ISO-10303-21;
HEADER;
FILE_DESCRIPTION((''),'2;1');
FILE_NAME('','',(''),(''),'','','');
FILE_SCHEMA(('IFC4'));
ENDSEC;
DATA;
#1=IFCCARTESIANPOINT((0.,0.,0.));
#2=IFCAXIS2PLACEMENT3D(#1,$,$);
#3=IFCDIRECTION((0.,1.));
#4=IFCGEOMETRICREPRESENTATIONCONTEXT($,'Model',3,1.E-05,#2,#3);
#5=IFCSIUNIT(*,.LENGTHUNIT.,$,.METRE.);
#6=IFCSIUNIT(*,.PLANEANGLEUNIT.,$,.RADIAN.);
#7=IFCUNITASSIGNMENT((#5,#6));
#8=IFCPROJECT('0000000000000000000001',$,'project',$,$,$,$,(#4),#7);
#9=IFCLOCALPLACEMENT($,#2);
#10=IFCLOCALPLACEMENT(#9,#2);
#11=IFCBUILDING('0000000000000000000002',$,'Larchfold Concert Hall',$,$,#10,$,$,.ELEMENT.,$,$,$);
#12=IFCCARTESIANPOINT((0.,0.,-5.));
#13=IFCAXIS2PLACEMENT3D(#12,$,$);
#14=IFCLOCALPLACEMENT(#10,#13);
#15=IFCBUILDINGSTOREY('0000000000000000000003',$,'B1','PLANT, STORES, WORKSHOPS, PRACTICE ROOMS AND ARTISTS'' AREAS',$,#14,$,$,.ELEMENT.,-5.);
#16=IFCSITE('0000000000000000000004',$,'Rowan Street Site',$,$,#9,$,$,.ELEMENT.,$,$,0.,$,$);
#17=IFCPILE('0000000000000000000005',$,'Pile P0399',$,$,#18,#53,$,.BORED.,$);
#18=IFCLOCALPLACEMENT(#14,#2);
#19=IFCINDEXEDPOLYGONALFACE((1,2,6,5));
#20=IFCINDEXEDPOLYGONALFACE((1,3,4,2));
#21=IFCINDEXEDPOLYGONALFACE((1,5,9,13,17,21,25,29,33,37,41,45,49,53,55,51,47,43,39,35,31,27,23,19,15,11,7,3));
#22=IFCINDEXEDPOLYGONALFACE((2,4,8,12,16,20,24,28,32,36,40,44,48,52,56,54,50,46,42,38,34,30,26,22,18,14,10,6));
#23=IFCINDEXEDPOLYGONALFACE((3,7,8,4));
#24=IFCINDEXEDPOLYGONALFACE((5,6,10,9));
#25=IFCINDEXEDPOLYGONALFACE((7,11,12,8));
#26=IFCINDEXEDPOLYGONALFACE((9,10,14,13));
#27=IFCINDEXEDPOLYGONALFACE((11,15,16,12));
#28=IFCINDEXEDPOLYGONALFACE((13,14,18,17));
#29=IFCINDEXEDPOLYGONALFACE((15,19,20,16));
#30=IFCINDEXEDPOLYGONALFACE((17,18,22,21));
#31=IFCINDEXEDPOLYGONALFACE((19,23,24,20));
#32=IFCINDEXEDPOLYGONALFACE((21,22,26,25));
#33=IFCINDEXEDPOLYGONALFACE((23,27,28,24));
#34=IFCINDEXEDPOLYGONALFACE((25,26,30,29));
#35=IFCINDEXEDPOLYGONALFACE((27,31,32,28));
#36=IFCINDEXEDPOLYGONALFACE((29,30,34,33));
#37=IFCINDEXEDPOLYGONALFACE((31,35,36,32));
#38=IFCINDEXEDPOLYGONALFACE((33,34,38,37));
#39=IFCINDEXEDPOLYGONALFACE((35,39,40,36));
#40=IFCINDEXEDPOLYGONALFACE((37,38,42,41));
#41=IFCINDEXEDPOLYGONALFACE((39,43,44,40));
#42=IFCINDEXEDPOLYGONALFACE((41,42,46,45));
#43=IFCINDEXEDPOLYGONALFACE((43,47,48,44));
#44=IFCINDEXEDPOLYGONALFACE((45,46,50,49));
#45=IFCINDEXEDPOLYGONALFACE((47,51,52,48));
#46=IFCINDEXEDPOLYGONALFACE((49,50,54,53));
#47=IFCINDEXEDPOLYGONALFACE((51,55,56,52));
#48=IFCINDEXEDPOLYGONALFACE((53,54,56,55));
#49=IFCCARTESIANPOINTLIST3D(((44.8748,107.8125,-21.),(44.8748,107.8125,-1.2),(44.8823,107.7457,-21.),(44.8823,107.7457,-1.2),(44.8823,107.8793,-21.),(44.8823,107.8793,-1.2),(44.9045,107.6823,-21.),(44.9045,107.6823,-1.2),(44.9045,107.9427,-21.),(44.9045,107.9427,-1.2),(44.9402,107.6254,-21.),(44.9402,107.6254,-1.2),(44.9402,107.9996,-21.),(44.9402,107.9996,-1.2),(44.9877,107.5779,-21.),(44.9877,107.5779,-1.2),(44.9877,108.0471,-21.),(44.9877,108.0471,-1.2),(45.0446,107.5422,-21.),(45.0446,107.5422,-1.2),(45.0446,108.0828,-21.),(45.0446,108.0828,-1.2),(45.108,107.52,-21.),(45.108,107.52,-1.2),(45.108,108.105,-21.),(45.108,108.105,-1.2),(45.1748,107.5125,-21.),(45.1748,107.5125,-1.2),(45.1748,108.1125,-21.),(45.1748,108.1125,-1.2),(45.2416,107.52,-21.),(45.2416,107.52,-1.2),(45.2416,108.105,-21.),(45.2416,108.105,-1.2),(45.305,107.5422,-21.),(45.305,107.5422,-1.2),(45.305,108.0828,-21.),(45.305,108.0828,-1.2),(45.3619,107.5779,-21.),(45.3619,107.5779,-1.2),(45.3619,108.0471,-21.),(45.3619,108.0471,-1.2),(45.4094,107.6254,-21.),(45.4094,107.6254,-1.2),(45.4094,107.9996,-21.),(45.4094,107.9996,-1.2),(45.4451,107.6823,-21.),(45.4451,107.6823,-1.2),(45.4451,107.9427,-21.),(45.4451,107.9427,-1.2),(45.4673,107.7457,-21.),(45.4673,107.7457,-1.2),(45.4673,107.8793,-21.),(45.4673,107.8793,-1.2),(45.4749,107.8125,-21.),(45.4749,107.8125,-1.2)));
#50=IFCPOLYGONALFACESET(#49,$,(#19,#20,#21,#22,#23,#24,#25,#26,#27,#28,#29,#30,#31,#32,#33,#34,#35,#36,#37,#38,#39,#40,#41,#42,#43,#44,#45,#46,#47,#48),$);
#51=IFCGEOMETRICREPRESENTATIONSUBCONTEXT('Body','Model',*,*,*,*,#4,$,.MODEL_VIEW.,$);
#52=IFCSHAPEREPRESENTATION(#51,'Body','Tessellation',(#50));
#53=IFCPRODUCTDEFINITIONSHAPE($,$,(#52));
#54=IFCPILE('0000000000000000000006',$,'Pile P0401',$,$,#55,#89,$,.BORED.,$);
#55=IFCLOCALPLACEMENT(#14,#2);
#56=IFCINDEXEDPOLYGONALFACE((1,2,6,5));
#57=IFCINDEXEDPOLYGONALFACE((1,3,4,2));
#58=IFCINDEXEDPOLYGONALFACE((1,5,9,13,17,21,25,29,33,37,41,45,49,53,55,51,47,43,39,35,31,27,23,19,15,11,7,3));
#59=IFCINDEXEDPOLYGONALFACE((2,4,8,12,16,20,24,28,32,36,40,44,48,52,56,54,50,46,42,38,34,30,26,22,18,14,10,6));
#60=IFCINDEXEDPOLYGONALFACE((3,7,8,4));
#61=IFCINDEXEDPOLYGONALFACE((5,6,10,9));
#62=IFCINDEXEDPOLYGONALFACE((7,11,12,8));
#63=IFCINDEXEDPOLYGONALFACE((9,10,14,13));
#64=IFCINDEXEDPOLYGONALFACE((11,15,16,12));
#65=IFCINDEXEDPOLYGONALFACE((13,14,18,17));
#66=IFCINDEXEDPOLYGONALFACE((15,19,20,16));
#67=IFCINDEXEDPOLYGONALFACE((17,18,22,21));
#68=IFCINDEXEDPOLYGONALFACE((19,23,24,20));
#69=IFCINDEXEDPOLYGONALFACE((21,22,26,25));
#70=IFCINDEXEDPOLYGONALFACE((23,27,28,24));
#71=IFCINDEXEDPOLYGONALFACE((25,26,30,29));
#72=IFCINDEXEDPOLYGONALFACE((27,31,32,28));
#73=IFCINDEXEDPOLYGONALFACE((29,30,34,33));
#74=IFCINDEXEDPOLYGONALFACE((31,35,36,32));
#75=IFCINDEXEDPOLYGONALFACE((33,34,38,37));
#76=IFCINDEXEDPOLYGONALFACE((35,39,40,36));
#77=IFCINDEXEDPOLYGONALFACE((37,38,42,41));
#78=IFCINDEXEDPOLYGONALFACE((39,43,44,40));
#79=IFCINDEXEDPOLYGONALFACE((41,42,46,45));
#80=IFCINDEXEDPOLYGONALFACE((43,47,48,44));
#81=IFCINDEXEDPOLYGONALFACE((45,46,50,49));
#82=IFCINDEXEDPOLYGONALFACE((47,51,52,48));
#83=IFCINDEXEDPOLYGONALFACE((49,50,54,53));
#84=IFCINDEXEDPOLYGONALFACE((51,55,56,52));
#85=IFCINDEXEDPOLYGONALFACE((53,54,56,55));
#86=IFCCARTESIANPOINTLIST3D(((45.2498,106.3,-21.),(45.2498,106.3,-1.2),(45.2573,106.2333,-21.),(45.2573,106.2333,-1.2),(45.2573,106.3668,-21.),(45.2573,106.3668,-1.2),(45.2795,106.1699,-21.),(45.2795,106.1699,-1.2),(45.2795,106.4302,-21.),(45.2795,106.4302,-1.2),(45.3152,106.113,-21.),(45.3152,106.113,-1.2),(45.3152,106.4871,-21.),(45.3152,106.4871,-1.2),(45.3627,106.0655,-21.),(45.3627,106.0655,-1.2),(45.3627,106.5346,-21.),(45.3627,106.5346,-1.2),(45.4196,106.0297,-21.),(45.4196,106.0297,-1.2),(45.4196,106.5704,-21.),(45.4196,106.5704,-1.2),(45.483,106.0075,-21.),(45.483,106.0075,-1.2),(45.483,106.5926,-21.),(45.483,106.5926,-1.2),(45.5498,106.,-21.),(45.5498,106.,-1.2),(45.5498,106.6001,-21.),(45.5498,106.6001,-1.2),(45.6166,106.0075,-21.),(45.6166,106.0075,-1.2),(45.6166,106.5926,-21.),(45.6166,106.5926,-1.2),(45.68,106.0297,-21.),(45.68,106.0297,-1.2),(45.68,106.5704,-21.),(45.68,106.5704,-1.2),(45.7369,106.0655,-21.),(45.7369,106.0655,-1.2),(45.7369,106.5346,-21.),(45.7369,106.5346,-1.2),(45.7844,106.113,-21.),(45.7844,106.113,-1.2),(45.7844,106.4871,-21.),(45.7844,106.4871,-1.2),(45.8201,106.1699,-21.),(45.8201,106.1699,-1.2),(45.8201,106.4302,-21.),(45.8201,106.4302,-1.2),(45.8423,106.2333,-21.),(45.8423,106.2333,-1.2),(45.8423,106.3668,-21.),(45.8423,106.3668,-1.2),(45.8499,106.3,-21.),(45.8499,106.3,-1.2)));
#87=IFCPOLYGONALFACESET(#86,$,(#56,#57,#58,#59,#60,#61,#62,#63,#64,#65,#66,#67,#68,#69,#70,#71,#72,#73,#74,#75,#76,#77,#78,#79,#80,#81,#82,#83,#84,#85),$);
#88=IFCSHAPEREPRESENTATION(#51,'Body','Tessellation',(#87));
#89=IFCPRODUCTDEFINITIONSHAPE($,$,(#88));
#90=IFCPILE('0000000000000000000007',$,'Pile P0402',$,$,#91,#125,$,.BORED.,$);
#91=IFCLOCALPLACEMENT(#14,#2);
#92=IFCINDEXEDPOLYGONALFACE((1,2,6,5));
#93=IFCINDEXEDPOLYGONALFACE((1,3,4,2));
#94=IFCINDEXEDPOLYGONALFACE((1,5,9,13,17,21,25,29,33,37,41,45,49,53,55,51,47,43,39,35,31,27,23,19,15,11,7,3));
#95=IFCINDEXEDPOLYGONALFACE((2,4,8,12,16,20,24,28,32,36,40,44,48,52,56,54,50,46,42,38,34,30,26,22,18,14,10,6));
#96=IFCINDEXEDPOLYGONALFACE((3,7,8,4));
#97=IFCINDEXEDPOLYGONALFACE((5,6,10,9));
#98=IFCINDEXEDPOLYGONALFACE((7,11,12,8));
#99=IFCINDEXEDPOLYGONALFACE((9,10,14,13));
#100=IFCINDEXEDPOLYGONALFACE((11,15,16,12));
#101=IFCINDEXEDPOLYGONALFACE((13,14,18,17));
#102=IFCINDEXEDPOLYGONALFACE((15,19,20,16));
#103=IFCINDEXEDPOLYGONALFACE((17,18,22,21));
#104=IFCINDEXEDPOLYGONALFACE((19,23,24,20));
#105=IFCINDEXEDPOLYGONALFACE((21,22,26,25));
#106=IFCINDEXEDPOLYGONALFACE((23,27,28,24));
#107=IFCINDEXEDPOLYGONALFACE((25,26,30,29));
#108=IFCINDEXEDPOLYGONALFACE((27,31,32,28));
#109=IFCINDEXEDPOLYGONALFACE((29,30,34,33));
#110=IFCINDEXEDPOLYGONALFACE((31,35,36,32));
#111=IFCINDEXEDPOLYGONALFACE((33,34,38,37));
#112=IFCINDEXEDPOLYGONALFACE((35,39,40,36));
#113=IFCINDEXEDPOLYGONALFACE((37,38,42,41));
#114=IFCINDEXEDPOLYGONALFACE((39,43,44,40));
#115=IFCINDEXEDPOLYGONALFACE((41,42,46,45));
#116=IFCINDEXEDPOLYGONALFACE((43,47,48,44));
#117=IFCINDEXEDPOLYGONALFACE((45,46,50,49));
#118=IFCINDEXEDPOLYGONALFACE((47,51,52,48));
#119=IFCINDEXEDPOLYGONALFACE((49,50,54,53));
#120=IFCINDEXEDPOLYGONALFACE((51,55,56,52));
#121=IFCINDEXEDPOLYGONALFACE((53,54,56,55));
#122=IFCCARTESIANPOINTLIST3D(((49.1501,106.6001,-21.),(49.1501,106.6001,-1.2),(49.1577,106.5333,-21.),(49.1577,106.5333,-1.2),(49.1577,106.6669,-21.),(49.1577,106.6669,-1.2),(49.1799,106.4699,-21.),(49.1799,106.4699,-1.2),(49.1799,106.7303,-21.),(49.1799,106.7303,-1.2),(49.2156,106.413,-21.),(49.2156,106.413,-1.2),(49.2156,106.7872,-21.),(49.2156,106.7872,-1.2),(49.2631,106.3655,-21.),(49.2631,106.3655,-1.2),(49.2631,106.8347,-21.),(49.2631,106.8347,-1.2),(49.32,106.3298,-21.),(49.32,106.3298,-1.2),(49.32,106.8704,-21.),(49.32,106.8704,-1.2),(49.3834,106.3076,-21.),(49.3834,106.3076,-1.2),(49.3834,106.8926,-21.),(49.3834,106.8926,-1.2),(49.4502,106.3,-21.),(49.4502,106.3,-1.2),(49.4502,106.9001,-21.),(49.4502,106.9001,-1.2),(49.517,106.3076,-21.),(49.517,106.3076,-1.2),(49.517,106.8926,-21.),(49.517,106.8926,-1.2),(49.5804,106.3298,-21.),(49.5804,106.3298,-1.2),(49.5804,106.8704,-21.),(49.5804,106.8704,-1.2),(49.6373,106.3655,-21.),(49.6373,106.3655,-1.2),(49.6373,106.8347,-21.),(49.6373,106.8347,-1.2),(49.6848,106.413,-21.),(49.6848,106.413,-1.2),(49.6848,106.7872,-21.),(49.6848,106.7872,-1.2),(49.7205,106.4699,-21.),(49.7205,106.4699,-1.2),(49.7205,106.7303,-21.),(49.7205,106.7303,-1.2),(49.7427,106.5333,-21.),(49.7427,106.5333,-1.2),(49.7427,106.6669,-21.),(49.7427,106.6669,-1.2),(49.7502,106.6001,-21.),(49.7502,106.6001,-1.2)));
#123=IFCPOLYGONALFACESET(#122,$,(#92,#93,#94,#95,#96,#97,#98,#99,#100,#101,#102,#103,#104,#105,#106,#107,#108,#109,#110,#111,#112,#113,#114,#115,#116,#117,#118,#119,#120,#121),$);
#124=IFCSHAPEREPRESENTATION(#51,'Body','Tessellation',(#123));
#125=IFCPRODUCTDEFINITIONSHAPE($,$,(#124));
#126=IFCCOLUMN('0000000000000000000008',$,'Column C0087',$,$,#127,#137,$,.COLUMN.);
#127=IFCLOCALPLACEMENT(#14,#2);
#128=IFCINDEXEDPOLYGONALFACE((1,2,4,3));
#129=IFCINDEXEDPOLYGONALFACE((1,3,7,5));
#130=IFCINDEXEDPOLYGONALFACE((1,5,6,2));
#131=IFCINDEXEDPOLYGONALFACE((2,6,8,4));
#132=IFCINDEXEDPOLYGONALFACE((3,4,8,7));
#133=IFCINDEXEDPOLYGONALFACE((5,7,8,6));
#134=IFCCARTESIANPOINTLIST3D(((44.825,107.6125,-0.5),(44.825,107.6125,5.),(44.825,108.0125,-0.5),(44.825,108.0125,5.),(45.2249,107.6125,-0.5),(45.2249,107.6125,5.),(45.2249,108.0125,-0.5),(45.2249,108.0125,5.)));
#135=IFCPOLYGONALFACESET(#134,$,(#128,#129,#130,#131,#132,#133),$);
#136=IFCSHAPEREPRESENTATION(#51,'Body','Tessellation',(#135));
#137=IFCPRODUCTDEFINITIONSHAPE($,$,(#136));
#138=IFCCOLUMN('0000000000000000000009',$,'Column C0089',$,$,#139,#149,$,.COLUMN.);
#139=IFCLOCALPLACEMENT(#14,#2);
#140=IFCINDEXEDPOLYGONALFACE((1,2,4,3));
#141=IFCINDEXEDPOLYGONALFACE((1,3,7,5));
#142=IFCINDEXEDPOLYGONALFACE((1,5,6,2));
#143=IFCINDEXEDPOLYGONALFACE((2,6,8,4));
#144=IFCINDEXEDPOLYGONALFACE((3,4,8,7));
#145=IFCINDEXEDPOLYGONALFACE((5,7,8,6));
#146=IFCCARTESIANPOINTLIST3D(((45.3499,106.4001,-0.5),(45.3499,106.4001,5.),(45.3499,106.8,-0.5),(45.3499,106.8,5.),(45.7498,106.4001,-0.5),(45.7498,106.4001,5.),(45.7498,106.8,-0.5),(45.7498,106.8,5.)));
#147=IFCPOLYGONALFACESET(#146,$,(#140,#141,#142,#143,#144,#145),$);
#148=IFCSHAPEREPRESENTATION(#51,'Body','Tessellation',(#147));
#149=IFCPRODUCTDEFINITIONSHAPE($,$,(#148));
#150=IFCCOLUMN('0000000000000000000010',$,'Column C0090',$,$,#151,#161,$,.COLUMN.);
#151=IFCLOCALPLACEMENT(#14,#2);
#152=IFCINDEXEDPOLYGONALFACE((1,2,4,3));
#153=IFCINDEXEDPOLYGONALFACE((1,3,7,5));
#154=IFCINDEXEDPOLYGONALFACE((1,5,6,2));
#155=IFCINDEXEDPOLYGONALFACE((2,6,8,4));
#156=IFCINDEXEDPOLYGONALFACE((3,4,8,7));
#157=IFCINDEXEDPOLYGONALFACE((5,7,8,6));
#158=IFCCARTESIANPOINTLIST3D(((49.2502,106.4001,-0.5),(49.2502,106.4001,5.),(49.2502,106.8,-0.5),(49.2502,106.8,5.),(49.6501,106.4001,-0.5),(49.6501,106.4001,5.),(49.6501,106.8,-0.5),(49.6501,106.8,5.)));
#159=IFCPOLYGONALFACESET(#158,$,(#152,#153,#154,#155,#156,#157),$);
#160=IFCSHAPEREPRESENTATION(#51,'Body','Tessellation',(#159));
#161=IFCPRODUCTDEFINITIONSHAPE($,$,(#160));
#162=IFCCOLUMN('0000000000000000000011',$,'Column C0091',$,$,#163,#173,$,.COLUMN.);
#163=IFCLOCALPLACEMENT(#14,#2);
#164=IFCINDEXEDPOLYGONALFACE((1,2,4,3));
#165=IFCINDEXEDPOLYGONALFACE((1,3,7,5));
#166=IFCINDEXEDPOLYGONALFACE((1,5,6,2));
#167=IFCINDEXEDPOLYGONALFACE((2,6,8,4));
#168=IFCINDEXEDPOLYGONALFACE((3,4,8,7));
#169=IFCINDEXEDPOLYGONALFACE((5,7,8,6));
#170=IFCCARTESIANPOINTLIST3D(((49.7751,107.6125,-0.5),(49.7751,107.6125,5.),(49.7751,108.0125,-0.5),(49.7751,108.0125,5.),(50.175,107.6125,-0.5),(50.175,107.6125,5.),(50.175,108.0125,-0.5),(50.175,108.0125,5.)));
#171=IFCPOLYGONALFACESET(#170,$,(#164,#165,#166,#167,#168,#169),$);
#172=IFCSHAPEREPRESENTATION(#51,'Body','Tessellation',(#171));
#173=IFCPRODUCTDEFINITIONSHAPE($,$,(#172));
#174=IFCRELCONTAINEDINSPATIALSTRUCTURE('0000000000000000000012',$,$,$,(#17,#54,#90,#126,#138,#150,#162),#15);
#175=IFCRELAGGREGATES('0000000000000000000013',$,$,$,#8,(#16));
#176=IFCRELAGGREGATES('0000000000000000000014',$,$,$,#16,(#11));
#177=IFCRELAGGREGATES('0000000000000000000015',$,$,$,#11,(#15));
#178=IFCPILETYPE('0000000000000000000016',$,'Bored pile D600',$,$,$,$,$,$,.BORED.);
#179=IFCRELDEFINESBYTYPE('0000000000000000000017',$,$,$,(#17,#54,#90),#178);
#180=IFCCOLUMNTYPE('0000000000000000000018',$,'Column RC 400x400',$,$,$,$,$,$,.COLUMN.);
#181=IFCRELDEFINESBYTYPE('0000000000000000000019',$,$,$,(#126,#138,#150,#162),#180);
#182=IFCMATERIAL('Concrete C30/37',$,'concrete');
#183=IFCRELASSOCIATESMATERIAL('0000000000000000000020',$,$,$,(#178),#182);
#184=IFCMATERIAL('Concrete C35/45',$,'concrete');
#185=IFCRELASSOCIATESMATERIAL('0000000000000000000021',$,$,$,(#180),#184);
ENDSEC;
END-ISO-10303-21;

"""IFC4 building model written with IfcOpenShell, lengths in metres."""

from ifc_helpers import new_model, si_unit, direction, frame, origin, origin_2d, place, context, subcontext, project, spatial, rectangle, circle, extrude, material, material_profile, profile_set, type_object, element, save


model = new_model("IFC4")

# Units and contexts
model_context = context("Model", 3, precision=1e-05, world=origin(), true_north=direction((0.0, 1.0)))
body_context = subcontext(model_context, "Body", "Model", "MODEL_VIEW")
ifc_project = project(units=[si_unit("LENGTHUNIT", "METRE"), si_unit("PLANEANGLEUNIT", "RADIAN")], contexts=[model_context])

# Site, building, storey
site_placement = place(None, origin())
site = spatial("IfcSite", under=ifc_project, at=site_placement, Name="Rowan Street Site", CompositionType="ELEMENT", RefElevation=0.0)
building_placement = place(site_placement, origin())
building = spatial("IfcBuilding", under=site, at=building_placement, Name="Larchfold Concert Hall", CompositionType="ELEMENT")
storey_placement = place(building_placement, frame((0.0, 0.0, -5.0)))
storey = spatial("IfcBuildingStorey", under=building, at=storey_placement, Name="B1", Description="PLANT, STORES, WORKSHOPS, PRACTICE ROOMS AND ARTISTS' AREAS", CompositionType="ELEMENT", Elevation=-5.0)

# Piles
ifc_material_1 = material(Name="Concrete C30/37", Category="concrete")
ifc_material_profile_1 = material_profile(ifc_material_1, circle(Radius=0.3, at=origin_2d()))
ifc_profile_set_1 = profile_set([ifc_material_profile_1], Name="Concrete C30/37")
pile_type = type_object("IfcPileType", Name="Bored pile D600", PredefinedType="BORED", material=ifc_profile_set_1)
for number, where, z_axis, x_axis, name in (
    (1, (45.1748, 107.8125, -1.2), (0.0, 0.0, -1.0), (1.0, 0.0, 0.0), "Pile P0399"),
    (2, (45.5498, 106.3, -1.2), (0.0, 0.0, -1.0), (1.0, 0.0, 0.0), "Pile P0401"),
    (3, (49.4502, 106.6001, -1.2), (0.0, 0.0, -1.0), (1.0, 0.0, 0.0), "Pile P0402"),
):
    element("IfcPile", number, at=place(storey_placement, frame(where, z_axis=z_axis, x_axis=x_axis)), inside=storey, type_object=pile_type, Name=name, PredefinedType="BORED", context=body_context, shape_type="SweptSolid", body=[
        extrude(circle(Radius=0.3, at=origin_2d()), origin(), (0.0, 0.0, 1.0), 19.8),
    ])

# Columns
ifc_material_2 = material(Name="Concrete C35/45", Category="concrete")
ifc_material_profile_2 = material_profile(ifc_material_2, rectangle(XDim=0.3999, YDim=0.3999, at=origin_2d()))
ifc_profile_set_2 = profile_set([ifc_material_profile_2], Name="Concrete C35/45")
column_type = type_object("IfcColumnType", Name="Column RC 400x400", PredefinedType="COLUMN", material=ifc_profile_set_2)
for number, where, z_axis, x_axis, name in (
    (4, (45.0249, 107.8125, -0.5), (0.0, 0.0, 1.0), (1.0, 0.0, 0.0), "Column C0087"),
    (5, (45.5498, 106.6001, -0.5), (0.0, 0.0, 1.0), (1.0, 0.0, 0.0), "Column C0089"),
    (6, (49.4502, 106.6001, -0.5), (0.0, 0.0, 1.0), (1.0, 0.0, 0.0), "Column C0090"),
    (7, (49.9751, 107.8125, -0.5), (0.0, 0.0, 1.0), (1.0, 0.0, 0.0), "Column C0091"),
):
    element("IfcColumn", number, at=place(storey_placement, frame(where, z_axis=z_axis, x_axis=x_axis)), inside=storey, type_object=column_type, Name=name, PredefinedType="COLUMN", context=body_context, shape_type="SweptSolid", body=[
        extrude(rectangle(XDim=0.3999, YDim=0.3999, at=origin_2d()), origin(), (0.0, 0.0, 1.0), 5.5),
    ])

save(model, "model.ifc")
